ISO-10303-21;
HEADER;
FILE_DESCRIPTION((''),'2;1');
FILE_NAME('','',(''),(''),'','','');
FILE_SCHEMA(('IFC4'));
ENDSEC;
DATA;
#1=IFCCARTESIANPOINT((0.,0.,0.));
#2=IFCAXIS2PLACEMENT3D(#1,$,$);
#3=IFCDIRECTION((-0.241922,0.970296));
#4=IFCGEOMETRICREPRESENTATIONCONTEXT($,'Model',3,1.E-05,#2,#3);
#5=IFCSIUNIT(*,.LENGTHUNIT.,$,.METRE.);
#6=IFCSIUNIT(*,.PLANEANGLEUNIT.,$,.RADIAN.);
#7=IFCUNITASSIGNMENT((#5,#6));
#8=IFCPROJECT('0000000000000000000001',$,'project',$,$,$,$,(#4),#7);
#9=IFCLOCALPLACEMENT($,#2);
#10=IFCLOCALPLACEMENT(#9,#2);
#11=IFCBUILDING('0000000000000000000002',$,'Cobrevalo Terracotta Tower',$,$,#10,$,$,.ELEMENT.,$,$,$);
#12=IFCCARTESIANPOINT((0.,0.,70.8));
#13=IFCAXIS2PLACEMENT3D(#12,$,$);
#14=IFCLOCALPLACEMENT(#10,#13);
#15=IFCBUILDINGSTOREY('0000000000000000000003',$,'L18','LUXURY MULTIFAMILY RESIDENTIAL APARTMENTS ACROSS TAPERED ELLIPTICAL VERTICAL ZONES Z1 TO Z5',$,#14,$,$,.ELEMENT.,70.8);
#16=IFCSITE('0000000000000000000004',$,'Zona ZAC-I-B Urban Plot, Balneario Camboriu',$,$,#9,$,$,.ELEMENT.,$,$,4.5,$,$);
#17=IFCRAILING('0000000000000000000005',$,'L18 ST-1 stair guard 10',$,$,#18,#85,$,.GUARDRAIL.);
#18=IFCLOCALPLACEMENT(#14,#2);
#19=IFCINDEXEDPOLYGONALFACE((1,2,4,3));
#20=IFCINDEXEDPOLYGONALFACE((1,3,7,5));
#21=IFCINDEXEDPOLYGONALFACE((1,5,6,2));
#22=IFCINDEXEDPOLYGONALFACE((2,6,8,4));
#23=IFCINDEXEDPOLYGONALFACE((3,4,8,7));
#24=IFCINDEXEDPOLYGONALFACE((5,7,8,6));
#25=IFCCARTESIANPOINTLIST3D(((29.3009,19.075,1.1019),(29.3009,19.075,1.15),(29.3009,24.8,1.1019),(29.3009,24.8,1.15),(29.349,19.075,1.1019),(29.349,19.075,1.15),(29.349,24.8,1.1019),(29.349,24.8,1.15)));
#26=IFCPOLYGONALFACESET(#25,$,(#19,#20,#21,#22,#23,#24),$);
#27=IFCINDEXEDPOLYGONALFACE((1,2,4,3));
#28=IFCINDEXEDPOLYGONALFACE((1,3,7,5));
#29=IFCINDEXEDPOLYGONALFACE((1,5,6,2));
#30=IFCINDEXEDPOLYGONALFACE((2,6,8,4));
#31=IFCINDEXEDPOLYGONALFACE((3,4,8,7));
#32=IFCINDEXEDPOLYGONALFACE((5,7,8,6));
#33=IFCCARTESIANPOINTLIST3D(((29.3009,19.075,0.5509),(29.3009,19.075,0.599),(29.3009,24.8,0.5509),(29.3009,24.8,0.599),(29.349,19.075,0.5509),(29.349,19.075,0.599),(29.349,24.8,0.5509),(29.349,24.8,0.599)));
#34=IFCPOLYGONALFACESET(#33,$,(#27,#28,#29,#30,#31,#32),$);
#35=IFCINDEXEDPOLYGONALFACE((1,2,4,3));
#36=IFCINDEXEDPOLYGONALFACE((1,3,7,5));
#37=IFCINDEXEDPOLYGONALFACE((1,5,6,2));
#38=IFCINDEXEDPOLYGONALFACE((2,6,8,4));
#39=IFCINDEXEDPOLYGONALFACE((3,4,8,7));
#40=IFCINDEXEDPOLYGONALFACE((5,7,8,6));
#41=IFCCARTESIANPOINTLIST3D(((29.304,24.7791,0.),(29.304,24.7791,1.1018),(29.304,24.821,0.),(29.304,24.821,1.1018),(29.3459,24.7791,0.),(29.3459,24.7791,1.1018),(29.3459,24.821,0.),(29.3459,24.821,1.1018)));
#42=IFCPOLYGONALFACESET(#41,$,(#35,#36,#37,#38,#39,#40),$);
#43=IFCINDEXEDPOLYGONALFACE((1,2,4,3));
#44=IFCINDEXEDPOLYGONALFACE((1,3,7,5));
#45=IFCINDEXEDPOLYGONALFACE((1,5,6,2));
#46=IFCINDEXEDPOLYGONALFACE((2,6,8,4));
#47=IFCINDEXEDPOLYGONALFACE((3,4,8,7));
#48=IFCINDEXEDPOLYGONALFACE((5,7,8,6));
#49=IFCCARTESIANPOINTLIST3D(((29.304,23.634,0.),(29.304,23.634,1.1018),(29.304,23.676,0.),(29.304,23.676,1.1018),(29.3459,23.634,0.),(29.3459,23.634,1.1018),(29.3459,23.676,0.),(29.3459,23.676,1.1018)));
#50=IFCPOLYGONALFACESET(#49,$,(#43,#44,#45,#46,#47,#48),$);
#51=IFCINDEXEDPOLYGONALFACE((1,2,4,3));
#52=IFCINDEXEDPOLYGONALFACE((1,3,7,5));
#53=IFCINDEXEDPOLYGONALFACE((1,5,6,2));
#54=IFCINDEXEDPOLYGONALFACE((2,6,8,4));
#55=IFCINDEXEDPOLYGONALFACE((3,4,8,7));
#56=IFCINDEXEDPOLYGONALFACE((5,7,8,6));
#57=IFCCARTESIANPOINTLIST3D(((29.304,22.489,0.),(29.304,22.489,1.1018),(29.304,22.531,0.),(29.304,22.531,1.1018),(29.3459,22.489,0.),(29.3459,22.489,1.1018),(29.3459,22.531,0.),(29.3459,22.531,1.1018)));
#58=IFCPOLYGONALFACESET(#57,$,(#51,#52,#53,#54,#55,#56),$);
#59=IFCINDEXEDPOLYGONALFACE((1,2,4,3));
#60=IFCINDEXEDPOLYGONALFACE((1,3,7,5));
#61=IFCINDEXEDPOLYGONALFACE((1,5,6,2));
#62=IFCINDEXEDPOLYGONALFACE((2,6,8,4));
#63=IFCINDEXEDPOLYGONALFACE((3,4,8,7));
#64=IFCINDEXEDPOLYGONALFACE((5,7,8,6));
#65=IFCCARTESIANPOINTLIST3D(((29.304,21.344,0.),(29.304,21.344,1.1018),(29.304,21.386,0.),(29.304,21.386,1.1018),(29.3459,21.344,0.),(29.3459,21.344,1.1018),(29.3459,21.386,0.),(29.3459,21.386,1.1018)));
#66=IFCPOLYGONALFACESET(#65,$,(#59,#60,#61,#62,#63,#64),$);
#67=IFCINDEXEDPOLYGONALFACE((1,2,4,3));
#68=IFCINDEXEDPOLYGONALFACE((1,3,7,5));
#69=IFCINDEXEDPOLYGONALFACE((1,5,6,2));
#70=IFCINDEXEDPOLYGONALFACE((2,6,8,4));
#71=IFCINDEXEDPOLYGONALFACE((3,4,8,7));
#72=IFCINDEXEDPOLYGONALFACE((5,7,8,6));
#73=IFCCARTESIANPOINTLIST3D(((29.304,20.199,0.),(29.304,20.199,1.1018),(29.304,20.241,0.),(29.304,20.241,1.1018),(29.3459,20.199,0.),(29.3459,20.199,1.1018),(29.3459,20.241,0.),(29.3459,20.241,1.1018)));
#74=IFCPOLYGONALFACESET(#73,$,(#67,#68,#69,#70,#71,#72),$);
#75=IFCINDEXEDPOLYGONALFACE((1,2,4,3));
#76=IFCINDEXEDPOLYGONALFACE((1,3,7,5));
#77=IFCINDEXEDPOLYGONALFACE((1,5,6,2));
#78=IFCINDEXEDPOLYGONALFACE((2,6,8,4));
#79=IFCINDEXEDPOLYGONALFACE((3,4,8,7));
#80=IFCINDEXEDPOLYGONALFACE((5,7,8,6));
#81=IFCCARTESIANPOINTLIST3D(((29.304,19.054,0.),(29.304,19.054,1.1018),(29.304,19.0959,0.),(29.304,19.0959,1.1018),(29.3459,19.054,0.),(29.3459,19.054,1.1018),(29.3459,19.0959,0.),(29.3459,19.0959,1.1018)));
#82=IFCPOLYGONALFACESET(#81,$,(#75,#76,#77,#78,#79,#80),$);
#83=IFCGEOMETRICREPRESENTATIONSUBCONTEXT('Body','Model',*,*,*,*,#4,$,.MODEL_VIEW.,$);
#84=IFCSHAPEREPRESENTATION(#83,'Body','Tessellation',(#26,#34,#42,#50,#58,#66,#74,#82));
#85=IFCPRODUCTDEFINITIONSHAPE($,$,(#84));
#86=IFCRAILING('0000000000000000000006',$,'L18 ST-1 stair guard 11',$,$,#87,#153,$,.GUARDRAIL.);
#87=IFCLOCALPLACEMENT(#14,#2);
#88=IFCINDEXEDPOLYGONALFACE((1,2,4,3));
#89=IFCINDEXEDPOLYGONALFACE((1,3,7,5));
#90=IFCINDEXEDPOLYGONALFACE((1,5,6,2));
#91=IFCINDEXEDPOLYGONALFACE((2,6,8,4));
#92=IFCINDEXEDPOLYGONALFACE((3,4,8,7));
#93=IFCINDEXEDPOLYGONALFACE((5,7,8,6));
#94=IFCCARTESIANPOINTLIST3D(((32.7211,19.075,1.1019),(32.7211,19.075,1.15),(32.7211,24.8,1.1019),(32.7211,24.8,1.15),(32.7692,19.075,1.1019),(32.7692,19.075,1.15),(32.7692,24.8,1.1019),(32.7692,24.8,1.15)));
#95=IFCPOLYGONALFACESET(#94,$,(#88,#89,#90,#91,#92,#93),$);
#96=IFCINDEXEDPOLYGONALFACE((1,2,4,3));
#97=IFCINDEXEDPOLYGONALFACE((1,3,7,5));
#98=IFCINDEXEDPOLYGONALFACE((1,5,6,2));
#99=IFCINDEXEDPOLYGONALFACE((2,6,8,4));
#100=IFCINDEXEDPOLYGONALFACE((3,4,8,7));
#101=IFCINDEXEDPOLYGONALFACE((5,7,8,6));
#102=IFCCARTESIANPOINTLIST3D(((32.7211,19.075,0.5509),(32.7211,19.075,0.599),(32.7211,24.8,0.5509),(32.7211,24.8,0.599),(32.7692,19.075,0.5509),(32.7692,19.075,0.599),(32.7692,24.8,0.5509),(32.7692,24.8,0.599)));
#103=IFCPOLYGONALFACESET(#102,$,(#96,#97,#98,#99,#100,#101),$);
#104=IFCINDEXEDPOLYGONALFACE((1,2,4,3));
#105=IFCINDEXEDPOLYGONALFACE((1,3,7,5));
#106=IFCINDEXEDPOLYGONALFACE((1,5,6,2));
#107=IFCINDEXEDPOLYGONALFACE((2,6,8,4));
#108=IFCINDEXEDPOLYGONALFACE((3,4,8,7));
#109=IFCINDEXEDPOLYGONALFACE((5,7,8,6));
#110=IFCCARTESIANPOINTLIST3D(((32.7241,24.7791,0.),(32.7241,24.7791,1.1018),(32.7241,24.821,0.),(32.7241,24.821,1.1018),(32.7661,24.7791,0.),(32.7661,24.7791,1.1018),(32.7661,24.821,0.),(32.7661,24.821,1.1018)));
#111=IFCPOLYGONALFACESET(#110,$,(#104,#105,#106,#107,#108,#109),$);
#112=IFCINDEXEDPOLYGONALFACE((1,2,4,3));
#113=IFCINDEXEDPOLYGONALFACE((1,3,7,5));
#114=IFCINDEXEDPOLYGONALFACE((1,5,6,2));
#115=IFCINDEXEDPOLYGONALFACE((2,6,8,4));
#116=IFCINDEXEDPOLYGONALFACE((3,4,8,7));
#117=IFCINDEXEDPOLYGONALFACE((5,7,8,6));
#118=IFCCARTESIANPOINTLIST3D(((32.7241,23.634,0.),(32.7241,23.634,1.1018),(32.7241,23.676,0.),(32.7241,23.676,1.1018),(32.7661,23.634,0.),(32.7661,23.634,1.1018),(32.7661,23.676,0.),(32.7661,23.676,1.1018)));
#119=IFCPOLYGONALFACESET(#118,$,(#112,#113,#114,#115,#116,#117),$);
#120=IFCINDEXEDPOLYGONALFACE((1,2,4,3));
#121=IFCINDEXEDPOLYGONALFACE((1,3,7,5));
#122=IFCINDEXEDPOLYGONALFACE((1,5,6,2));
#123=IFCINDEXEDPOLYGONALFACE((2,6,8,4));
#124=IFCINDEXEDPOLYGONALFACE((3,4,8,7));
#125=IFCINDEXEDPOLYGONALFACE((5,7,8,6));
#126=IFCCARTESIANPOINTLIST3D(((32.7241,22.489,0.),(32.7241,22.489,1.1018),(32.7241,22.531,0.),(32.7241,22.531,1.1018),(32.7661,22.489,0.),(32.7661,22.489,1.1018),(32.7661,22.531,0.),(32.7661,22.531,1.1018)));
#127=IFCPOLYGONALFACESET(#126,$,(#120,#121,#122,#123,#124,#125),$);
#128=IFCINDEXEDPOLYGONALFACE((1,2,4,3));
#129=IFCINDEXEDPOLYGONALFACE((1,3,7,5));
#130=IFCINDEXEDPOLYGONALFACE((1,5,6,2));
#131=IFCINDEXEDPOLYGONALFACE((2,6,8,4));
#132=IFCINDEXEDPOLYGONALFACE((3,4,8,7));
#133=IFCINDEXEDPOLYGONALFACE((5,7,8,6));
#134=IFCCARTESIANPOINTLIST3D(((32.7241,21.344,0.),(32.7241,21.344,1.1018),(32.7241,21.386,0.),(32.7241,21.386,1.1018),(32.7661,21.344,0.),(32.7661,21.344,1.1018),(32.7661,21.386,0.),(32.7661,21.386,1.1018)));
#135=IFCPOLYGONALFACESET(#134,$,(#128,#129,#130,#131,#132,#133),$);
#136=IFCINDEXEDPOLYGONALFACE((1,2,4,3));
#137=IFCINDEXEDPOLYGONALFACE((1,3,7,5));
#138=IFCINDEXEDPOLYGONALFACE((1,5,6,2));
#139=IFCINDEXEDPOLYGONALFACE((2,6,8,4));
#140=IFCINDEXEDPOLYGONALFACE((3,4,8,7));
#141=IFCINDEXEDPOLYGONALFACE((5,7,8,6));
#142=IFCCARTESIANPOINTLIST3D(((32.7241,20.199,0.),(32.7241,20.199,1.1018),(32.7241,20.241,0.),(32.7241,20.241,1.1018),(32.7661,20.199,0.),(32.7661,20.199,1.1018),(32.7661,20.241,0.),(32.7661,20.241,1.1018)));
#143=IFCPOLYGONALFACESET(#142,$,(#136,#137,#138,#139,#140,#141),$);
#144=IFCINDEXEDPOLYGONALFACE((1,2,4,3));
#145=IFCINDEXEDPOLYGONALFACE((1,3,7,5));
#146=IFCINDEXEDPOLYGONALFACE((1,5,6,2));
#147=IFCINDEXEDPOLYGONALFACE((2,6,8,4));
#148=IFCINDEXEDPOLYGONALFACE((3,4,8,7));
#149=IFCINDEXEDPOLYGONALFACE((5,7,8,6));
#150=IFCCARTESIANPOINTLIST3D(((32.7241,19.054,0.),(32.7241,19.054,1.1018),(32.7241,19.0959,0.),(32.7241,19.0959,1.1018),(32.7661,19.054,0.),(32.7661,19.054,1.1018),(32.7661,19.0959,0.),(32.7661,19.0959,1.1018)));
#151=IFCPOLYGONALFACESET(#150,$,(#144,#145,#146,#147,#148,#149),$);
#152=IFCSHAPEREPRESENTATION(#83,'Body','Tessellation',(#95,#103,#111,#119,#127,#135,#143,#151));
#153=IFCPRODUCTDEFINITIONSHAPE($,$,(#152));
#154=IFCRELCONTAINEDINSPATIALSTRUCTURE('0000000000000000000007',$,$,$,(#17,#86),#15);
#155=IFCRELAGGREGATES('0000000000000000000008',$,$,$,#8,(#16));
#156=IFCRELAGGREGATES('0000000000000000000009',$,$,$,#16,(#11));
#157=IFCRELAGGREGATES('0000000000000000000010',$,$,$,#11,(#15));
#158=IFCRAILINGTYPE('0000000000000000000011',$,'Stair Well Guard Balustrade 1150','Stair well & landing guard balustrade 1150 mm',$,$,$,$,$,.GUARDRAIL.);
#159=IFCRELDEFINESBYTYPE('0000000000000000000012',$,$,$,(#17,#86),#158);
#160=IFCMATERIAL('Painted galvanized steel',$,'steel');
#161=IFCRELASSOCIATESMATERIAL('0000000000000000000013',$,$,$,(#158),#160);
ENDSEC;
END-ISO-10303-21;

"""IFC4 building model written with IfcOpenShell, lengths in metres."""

from ifc_helpers import new_model, si_unit, direction, frame, origin, origin_2d, place, context, subcontext, project, spatial, rectangle, extrude, material, type_object, element, save


model = new_model("IFC4")

# Units and contexts
model_context = context("Model", 3, precision=1e-05, world=origin(), true_north=direction((-0.241922, 0.970296)))
body_context = subcontext(model_context, "Body", "Model", "MODEL_VIEW")
ifc_project = project(units=[si_unit("LENGTHUNIT", "METRE"), si_unit("PLANEANGLEUNIT", "RADIAN")], contexts=[model_context])

# Site, building, storey
site_placement = place(None, origin())
site = spatial("IfcSite", under=ifc_project, at=site_placement, Name="Zona ZAC-I-B Urban Plot, Balneario Camboriu", CompositionType="ELEMENT", RefElevation=4.5)
building_placement = place(site_placement, origin())
building = spatial("IfcBuilding", under=site, at=building_placement, Name="Cobrevalo Terracotta Tower", CompositionType="ELEMENT")
storey_placement = place(building_placement, frame((0.0, 0.0, 70.8)))
storey = spatial("IfcBuildingStorey", under=building, at=storey_placement, Name="L18", Description="LUXURY MULTIFAMILY RESIDENTIAL APARTMENTS ACROSS TAPERED ELLIPTICAL VERTICAL ZONES Z1 TO Z5", CompositionType="ELEMENT", Elevation=70.8)

# Railings
ifc_material_1 = material(Name="Painted galvanized steel", Category="steel")
railing_type_1 = type_object("IfcRailingType", Name="Stair Well Guard Balustrade 1150", Description="Stair well & landing guard balustrade 1150 mm", PredefinedType="GUARDRAIL", material=ifc_material_1)
for number, where, name in (
    (1, (29.325, 24.8, 0.0), "L18 ST-1 stair guard 10"),
    (2, (32.7451, 24.8, 0.0), "L18 ST-1 stair guard 11"),
):
    element("IfcRailing", number, at=place(storey_placement, frame(where)), inside=storey, type_object=railing_type_1, Name=name, PredefinedType="GUARDRAIL", context=body_context, shape_type="SweptSolid", body=[
        extrude(rectangle(XDim=0.0481, YDim=0.0481, at=origin_2d()), frame((0.0, 0.0, 1.126), z_axis=(0.0, -1.0, 0.0), x_axis=(1.0, 0.0, 0.0)), (0.0, 0.0, 1.0), 5.7251),
        extrude(rectangle(XDim=0.0481, YDim=0.0481, at=origin_2d()), frame((0.0, 0.0, 0.575), z_axis=(0.0, -1.0, 0.0), x_axis=(1.0, 0.0, 0.0)), (0.0, 0.0, 1.0), 5.7251),
        extrude(rectangle(XDim=0.042, YDim=0.042, at=origin_2d()), origin(), (0.0, 0.0, 1.0), 1.1018),
        extrude(rectangle(XDim=0.042, YDim=0.042, at=origin_2d()), frame((0.0, -1.145, 0.0)), (0.0, 0.0, 1.0), 1.1018),
        extrude(rectangle(XDim=0.042, YDim=0.042, at=origin_2d()), frame((0.0, -2.29, 0.0)), (0.0, 0.0, 1.0), 1.1018),
        extrude(rectangle(XDim=0.042, YDim=0.042, at=origin_2d()), frame((0.0, -3.4351, 0.0)), (0.0, 0.0, 1.0), 1.1018),
        extrude(rectangle(XDim=0.042, YDim=0.042, at=origin_2d()), frame((0.0, -4.5801, 0.0)), (0.0, 0.0, 1.0), 1.1018),
        extrude(rectangle(XDim=0.042, YDim=0.042, at=origin_2d()), frame((0.0, -5.7251, 0.0)), (0.0, 0.0, 1.0), 1.1018),
    ])

save(model, "model.ifc")
